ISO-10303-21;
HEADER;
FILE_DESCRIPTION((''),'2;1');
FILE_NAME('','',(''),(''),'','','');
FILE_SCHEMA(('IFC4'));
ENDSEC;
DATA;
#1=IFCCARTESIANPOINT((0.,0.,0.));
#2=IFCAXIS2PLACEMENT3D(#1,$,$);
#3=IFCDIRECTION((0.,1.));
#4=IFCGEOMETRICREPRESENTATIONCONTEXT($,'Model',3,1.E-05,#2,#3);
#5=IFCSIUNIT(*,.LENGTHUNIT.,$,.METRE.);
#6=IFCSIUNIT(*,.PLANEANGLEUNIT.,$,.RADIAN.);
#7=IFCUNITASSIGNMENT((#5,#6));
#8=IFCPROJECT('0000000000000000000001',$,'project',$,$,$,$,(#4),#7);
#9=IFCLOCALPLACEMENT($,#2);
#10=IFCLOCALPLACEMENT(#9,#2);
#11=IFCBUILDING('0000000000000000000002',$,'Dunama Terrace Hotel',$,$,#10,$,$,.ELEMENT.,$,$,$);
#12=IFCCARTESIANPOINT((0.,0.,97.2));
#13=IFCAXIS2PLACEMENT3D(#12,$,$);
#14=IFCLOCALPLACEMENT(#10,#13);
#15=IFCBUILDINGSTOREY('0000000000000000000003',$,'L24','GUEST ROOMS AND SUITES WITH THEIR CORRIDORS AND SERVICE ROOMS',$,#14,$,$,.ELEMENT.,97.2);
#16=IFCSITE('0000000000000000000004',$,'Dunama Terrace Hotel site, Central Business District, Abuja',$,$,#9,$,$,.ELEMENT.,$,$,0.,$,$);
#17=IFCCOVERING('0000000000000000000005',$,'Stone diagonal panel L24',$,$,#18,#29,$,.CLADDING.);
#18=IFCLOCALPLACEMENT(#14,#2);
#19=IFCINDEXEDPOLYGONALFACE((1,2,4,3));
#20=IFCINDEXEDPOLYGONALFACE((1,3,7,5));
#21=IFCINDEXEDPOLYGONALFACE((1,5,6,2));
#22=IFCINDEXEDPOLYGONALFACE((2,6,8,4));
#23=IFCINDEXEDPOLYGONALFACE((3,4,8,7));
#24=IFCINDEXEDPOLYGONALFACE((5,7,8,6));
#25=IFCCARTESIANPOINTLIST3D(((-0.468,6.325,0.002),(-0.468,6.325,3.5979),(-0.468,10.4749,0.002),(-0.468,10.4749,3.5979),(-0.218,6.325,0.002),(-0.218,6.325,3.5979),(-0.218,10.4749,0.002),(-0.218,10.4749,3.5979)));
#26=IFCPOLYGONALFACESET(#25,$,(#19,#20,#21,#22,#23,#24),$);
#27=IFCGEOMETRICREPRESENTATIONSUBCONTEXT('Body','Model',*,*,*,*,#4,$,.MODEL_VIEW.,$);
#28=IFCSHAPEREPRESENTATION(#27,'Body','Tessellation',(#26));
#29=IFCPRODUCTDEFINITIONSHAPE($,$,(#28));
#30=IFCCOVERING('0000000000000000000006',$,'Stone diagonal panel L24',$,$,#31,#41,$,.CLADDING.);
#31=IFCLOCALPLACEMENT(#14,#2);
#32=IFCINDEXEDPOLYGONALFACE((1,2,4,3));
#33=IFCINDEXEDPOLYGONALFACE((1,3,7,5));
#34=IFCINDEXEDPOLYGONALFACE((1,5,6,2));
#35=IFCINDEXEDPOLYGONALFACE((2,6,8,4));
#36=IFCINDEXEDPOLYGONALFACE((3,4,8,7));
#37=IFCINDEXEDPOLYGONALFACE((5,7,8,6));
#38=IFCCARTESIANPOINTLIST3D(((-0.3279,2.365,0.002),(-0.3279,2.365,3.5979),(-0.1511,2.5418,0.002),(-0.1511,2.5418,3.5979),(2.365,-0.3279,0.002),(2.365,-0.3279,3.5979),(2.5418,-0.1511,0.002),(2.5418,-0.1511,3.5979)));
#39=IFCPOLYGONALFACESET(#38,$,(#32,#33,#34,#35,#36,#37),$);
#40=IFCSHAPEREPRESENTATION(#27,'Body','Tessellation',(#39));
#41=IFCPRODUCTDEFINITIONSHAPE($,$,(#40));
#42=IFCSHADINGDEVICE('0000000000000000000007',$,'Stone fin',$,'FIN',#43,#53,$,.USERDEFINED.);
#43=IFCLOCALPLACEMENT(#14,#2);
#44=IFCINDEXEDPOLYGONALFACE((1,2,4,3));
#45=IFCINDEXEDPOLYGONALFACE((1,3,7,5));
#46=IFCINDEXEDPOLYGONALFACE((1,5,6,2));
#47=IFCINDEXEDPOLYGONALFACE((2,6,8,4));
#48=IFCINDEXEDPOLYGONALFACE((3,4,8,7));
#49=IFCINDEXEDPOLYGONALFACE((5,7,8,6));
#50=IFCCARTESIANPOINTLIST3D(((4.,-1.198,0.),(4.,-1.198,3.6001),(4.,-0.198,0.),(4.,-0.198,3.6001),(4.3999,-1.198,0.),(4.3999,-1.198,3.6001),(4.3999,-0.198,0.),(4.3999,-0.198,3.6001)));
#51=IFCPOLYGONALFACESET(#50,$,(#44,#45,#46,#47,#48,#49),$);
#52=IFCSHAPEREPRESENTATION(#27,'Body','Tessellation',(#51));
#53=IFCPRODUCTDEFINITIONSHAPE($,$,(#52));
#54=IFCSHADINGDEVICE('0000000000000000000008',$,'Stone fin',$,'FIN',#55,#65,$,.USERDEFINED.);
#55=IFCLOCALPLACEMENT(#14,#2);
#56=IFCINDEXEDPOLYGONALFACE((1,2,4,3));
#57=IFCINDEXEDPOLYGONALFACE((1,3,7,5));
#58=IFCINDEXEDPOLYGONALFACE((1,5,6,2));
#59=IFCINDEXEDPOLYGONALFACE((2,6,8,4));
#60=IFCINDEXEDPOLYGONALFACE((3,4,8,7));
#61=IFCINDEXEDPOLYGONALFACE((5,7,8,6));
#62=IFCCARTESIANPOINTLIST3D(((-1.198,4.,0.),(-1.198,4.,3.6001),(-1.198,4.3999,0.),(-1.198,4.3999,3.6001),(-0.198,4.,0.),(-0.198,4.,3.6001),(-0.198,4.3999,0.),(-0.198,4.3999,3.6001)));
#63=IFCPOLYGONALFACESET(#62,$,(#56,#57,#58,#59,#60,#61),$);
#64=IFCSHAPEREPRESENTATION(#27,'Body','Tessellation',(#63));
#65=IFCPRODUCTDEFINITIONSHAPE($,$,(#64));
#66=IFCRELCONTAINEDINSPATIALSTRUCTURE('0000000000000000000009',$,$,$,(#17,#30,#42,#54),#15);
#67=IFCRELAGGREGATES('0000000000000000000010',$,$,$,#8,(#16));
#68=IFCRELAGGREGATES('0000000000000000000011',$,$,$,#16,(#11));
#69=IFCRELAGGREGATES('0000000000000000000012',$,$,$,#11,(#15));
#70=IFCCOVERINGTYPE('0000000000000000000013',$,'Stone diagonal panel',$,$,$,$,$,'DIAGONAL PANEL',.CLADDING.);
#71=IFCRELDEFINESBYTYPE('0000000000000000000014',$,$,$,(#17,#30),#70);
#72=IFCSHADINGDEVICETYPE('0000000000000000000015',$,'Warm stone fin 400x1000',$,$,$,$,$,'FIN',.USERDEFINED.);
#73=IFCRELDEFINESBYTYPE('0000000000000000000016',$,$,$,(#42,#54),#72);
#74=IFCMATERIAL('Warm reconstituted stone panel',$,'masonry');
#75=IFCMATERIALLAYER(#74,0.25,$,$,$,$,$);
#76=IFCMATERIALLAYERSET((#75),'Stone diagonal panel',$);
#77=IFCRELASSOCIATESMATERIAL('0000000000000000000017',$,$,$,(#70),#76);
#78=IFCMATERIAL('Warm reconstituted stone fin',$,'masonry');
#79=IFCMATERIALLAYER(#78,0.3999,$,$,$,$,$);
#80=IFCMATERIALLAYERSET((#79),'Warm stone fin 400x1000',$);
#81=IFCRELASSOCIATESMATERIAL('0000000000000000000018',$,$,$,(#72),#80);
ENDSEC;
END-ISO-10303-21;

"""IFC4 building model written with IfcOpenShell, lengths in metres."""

from ifc_helpers import new_model, si_unit, direction, frame, origin, origin_2d, place, context, subcontext, project, spatial, rectangle, extrude, material, layer, layer_set, type_object, element, save


model = new_model("IFC4")

# Units and contexts
model_context = context("Model", 3, precision=1e-05, world=origin(), true_north=direction((0.0, 1.0)))
body_context = subcontext(model_context, "Body", "Model", "MODEL_VIEW")
ifc_project = project(units=[si_unit("LENGTHUNIT", "METRE"), si_unit("PLANEANGLEUNIT", "RADIAN")], contexts=[model_context])

# Site, building, storey
site_placement = place(None, origin())
site = spatial("IfcSite", under=ifc_project, at=site_placement, Name="Dunama Terrace Hotel site, Central Business District, Abuja", CompositionType="ELEMENT", RefElevation=0.0)
building_placement = place(site_placement, origin())
building = spatial("IfcBuilding", under=site, at=building_placement, Name="Dunama Terrace Hotel", CompositionType="ELEMENT")
storey_placement = place(building_placement, frame((0.0, 0.0, 97.2)))
storey = spatial("IfcBuildingStorey", under=building, at=storey_placement, Name="L24", Description="GUEST ROOMS AND SUITES WITH THEIR CORRIDORS AND SERVICE ROOMS", CompositionType="ELEMENT", Elevation=97.2)

# Coverings
ifc_material_1 = material(Name="Warm reconstituted stone panel", Category="masonry")
ifc_layer_1 = layer(ifc_material_1, 0.25)
ifc_layer_set_1 = layer_set([ifc_layer_1], Name="Stone diagonal panel")
covering_type = type_object("IfcCoveringType", Name="Stone diagonal panel", ElementType="DIAGONAL PANEL", PredefinedType="CLADDING", material=ifc_layer_set_1)
covering_1_placement = place(storey_placement, frame((-0.343, 8.3999, 0.002), z_axis=(0.0, 0.0, 1.0), x_axis=(0.0, -1.0, 0.0)))
element("IfcCovering", 1, at=covering_1_placement, inside=storey, type_object=covering_type, Name="Stone diagonal panel L24", PredefinedType="CLADDING", context=body_context, shape_type="SweptSolid", body=[
    extrude(rectangle(XDim=4.1499, YDim=0.25, at=origin_2d()), origin(), (0.0, 0.0, 1.0), 3.5959),
])
covering_2_placement = place(storey_placement, frame((1.1069, 1.1069, 0.002), z_axis=(0.0, 0.0, 1.0), x_axis=(0.707107, -0.707107, 0.0)))
element("IfcCovering", 2, at=covering_2_placement, inside=storey, type_object=covering_type, Name="Stone diagonal panel L24", PredefinedType="CLADDING", context=body_context, shape_type="SweptSolid", body=[
    extrude(rectangle(XDim=3.8083, YDim=0.25, at=origin_2d()), origin(), (0.0, 0.0, 1.0), 3.5959),
])

# Shading devices
ifc_material_2 = material(Name="Warm reconstituted stone fin", Category="masonry")
ifc_layer_2 = layer(ifc_material_2, 0.3999)
ifc_layer_set_2 = layer_set([ifc_layer_2], Name="Warm stone fin 400x1000")
shading_device_type = type_object("IfcShadingDeviceType", Name="Warm stone fin 400x1000", ElementType="FIN", PredefinedType="USERDEFINED", material=ifc_layer_set_2)
for number, where, z_axis, x_axis, name in (
    (3, (4.2, -0.698, 0.0), (0.0, 0.0, 1.0), (1.0, 0.0, 0.0), "Stone fin"),
    (4, (-0.698, 4.2, 0.0), (0.0, 0.0, 1.0), (0.0, -1.0, 0.0), "Stone fin"),
):
    element("IfcShadingDevice", number, at=place(storey_placement, frame(where, z_axis=z_axis, x_axis=x_axis)), inside=storey, type_object=shading_device_type, Name=name, ObjectType="FIN", PredefinedType="USERDEFINED", context=body_context, shape_type="SweptSolid", body=[
        extrude(rectangle(XDim=0.3999, YDim=1.0, at=origin_2d()), origin(), (0.0, 0.0, 1.0), 3.6001),
    ])

save(model, "model.ifc")
